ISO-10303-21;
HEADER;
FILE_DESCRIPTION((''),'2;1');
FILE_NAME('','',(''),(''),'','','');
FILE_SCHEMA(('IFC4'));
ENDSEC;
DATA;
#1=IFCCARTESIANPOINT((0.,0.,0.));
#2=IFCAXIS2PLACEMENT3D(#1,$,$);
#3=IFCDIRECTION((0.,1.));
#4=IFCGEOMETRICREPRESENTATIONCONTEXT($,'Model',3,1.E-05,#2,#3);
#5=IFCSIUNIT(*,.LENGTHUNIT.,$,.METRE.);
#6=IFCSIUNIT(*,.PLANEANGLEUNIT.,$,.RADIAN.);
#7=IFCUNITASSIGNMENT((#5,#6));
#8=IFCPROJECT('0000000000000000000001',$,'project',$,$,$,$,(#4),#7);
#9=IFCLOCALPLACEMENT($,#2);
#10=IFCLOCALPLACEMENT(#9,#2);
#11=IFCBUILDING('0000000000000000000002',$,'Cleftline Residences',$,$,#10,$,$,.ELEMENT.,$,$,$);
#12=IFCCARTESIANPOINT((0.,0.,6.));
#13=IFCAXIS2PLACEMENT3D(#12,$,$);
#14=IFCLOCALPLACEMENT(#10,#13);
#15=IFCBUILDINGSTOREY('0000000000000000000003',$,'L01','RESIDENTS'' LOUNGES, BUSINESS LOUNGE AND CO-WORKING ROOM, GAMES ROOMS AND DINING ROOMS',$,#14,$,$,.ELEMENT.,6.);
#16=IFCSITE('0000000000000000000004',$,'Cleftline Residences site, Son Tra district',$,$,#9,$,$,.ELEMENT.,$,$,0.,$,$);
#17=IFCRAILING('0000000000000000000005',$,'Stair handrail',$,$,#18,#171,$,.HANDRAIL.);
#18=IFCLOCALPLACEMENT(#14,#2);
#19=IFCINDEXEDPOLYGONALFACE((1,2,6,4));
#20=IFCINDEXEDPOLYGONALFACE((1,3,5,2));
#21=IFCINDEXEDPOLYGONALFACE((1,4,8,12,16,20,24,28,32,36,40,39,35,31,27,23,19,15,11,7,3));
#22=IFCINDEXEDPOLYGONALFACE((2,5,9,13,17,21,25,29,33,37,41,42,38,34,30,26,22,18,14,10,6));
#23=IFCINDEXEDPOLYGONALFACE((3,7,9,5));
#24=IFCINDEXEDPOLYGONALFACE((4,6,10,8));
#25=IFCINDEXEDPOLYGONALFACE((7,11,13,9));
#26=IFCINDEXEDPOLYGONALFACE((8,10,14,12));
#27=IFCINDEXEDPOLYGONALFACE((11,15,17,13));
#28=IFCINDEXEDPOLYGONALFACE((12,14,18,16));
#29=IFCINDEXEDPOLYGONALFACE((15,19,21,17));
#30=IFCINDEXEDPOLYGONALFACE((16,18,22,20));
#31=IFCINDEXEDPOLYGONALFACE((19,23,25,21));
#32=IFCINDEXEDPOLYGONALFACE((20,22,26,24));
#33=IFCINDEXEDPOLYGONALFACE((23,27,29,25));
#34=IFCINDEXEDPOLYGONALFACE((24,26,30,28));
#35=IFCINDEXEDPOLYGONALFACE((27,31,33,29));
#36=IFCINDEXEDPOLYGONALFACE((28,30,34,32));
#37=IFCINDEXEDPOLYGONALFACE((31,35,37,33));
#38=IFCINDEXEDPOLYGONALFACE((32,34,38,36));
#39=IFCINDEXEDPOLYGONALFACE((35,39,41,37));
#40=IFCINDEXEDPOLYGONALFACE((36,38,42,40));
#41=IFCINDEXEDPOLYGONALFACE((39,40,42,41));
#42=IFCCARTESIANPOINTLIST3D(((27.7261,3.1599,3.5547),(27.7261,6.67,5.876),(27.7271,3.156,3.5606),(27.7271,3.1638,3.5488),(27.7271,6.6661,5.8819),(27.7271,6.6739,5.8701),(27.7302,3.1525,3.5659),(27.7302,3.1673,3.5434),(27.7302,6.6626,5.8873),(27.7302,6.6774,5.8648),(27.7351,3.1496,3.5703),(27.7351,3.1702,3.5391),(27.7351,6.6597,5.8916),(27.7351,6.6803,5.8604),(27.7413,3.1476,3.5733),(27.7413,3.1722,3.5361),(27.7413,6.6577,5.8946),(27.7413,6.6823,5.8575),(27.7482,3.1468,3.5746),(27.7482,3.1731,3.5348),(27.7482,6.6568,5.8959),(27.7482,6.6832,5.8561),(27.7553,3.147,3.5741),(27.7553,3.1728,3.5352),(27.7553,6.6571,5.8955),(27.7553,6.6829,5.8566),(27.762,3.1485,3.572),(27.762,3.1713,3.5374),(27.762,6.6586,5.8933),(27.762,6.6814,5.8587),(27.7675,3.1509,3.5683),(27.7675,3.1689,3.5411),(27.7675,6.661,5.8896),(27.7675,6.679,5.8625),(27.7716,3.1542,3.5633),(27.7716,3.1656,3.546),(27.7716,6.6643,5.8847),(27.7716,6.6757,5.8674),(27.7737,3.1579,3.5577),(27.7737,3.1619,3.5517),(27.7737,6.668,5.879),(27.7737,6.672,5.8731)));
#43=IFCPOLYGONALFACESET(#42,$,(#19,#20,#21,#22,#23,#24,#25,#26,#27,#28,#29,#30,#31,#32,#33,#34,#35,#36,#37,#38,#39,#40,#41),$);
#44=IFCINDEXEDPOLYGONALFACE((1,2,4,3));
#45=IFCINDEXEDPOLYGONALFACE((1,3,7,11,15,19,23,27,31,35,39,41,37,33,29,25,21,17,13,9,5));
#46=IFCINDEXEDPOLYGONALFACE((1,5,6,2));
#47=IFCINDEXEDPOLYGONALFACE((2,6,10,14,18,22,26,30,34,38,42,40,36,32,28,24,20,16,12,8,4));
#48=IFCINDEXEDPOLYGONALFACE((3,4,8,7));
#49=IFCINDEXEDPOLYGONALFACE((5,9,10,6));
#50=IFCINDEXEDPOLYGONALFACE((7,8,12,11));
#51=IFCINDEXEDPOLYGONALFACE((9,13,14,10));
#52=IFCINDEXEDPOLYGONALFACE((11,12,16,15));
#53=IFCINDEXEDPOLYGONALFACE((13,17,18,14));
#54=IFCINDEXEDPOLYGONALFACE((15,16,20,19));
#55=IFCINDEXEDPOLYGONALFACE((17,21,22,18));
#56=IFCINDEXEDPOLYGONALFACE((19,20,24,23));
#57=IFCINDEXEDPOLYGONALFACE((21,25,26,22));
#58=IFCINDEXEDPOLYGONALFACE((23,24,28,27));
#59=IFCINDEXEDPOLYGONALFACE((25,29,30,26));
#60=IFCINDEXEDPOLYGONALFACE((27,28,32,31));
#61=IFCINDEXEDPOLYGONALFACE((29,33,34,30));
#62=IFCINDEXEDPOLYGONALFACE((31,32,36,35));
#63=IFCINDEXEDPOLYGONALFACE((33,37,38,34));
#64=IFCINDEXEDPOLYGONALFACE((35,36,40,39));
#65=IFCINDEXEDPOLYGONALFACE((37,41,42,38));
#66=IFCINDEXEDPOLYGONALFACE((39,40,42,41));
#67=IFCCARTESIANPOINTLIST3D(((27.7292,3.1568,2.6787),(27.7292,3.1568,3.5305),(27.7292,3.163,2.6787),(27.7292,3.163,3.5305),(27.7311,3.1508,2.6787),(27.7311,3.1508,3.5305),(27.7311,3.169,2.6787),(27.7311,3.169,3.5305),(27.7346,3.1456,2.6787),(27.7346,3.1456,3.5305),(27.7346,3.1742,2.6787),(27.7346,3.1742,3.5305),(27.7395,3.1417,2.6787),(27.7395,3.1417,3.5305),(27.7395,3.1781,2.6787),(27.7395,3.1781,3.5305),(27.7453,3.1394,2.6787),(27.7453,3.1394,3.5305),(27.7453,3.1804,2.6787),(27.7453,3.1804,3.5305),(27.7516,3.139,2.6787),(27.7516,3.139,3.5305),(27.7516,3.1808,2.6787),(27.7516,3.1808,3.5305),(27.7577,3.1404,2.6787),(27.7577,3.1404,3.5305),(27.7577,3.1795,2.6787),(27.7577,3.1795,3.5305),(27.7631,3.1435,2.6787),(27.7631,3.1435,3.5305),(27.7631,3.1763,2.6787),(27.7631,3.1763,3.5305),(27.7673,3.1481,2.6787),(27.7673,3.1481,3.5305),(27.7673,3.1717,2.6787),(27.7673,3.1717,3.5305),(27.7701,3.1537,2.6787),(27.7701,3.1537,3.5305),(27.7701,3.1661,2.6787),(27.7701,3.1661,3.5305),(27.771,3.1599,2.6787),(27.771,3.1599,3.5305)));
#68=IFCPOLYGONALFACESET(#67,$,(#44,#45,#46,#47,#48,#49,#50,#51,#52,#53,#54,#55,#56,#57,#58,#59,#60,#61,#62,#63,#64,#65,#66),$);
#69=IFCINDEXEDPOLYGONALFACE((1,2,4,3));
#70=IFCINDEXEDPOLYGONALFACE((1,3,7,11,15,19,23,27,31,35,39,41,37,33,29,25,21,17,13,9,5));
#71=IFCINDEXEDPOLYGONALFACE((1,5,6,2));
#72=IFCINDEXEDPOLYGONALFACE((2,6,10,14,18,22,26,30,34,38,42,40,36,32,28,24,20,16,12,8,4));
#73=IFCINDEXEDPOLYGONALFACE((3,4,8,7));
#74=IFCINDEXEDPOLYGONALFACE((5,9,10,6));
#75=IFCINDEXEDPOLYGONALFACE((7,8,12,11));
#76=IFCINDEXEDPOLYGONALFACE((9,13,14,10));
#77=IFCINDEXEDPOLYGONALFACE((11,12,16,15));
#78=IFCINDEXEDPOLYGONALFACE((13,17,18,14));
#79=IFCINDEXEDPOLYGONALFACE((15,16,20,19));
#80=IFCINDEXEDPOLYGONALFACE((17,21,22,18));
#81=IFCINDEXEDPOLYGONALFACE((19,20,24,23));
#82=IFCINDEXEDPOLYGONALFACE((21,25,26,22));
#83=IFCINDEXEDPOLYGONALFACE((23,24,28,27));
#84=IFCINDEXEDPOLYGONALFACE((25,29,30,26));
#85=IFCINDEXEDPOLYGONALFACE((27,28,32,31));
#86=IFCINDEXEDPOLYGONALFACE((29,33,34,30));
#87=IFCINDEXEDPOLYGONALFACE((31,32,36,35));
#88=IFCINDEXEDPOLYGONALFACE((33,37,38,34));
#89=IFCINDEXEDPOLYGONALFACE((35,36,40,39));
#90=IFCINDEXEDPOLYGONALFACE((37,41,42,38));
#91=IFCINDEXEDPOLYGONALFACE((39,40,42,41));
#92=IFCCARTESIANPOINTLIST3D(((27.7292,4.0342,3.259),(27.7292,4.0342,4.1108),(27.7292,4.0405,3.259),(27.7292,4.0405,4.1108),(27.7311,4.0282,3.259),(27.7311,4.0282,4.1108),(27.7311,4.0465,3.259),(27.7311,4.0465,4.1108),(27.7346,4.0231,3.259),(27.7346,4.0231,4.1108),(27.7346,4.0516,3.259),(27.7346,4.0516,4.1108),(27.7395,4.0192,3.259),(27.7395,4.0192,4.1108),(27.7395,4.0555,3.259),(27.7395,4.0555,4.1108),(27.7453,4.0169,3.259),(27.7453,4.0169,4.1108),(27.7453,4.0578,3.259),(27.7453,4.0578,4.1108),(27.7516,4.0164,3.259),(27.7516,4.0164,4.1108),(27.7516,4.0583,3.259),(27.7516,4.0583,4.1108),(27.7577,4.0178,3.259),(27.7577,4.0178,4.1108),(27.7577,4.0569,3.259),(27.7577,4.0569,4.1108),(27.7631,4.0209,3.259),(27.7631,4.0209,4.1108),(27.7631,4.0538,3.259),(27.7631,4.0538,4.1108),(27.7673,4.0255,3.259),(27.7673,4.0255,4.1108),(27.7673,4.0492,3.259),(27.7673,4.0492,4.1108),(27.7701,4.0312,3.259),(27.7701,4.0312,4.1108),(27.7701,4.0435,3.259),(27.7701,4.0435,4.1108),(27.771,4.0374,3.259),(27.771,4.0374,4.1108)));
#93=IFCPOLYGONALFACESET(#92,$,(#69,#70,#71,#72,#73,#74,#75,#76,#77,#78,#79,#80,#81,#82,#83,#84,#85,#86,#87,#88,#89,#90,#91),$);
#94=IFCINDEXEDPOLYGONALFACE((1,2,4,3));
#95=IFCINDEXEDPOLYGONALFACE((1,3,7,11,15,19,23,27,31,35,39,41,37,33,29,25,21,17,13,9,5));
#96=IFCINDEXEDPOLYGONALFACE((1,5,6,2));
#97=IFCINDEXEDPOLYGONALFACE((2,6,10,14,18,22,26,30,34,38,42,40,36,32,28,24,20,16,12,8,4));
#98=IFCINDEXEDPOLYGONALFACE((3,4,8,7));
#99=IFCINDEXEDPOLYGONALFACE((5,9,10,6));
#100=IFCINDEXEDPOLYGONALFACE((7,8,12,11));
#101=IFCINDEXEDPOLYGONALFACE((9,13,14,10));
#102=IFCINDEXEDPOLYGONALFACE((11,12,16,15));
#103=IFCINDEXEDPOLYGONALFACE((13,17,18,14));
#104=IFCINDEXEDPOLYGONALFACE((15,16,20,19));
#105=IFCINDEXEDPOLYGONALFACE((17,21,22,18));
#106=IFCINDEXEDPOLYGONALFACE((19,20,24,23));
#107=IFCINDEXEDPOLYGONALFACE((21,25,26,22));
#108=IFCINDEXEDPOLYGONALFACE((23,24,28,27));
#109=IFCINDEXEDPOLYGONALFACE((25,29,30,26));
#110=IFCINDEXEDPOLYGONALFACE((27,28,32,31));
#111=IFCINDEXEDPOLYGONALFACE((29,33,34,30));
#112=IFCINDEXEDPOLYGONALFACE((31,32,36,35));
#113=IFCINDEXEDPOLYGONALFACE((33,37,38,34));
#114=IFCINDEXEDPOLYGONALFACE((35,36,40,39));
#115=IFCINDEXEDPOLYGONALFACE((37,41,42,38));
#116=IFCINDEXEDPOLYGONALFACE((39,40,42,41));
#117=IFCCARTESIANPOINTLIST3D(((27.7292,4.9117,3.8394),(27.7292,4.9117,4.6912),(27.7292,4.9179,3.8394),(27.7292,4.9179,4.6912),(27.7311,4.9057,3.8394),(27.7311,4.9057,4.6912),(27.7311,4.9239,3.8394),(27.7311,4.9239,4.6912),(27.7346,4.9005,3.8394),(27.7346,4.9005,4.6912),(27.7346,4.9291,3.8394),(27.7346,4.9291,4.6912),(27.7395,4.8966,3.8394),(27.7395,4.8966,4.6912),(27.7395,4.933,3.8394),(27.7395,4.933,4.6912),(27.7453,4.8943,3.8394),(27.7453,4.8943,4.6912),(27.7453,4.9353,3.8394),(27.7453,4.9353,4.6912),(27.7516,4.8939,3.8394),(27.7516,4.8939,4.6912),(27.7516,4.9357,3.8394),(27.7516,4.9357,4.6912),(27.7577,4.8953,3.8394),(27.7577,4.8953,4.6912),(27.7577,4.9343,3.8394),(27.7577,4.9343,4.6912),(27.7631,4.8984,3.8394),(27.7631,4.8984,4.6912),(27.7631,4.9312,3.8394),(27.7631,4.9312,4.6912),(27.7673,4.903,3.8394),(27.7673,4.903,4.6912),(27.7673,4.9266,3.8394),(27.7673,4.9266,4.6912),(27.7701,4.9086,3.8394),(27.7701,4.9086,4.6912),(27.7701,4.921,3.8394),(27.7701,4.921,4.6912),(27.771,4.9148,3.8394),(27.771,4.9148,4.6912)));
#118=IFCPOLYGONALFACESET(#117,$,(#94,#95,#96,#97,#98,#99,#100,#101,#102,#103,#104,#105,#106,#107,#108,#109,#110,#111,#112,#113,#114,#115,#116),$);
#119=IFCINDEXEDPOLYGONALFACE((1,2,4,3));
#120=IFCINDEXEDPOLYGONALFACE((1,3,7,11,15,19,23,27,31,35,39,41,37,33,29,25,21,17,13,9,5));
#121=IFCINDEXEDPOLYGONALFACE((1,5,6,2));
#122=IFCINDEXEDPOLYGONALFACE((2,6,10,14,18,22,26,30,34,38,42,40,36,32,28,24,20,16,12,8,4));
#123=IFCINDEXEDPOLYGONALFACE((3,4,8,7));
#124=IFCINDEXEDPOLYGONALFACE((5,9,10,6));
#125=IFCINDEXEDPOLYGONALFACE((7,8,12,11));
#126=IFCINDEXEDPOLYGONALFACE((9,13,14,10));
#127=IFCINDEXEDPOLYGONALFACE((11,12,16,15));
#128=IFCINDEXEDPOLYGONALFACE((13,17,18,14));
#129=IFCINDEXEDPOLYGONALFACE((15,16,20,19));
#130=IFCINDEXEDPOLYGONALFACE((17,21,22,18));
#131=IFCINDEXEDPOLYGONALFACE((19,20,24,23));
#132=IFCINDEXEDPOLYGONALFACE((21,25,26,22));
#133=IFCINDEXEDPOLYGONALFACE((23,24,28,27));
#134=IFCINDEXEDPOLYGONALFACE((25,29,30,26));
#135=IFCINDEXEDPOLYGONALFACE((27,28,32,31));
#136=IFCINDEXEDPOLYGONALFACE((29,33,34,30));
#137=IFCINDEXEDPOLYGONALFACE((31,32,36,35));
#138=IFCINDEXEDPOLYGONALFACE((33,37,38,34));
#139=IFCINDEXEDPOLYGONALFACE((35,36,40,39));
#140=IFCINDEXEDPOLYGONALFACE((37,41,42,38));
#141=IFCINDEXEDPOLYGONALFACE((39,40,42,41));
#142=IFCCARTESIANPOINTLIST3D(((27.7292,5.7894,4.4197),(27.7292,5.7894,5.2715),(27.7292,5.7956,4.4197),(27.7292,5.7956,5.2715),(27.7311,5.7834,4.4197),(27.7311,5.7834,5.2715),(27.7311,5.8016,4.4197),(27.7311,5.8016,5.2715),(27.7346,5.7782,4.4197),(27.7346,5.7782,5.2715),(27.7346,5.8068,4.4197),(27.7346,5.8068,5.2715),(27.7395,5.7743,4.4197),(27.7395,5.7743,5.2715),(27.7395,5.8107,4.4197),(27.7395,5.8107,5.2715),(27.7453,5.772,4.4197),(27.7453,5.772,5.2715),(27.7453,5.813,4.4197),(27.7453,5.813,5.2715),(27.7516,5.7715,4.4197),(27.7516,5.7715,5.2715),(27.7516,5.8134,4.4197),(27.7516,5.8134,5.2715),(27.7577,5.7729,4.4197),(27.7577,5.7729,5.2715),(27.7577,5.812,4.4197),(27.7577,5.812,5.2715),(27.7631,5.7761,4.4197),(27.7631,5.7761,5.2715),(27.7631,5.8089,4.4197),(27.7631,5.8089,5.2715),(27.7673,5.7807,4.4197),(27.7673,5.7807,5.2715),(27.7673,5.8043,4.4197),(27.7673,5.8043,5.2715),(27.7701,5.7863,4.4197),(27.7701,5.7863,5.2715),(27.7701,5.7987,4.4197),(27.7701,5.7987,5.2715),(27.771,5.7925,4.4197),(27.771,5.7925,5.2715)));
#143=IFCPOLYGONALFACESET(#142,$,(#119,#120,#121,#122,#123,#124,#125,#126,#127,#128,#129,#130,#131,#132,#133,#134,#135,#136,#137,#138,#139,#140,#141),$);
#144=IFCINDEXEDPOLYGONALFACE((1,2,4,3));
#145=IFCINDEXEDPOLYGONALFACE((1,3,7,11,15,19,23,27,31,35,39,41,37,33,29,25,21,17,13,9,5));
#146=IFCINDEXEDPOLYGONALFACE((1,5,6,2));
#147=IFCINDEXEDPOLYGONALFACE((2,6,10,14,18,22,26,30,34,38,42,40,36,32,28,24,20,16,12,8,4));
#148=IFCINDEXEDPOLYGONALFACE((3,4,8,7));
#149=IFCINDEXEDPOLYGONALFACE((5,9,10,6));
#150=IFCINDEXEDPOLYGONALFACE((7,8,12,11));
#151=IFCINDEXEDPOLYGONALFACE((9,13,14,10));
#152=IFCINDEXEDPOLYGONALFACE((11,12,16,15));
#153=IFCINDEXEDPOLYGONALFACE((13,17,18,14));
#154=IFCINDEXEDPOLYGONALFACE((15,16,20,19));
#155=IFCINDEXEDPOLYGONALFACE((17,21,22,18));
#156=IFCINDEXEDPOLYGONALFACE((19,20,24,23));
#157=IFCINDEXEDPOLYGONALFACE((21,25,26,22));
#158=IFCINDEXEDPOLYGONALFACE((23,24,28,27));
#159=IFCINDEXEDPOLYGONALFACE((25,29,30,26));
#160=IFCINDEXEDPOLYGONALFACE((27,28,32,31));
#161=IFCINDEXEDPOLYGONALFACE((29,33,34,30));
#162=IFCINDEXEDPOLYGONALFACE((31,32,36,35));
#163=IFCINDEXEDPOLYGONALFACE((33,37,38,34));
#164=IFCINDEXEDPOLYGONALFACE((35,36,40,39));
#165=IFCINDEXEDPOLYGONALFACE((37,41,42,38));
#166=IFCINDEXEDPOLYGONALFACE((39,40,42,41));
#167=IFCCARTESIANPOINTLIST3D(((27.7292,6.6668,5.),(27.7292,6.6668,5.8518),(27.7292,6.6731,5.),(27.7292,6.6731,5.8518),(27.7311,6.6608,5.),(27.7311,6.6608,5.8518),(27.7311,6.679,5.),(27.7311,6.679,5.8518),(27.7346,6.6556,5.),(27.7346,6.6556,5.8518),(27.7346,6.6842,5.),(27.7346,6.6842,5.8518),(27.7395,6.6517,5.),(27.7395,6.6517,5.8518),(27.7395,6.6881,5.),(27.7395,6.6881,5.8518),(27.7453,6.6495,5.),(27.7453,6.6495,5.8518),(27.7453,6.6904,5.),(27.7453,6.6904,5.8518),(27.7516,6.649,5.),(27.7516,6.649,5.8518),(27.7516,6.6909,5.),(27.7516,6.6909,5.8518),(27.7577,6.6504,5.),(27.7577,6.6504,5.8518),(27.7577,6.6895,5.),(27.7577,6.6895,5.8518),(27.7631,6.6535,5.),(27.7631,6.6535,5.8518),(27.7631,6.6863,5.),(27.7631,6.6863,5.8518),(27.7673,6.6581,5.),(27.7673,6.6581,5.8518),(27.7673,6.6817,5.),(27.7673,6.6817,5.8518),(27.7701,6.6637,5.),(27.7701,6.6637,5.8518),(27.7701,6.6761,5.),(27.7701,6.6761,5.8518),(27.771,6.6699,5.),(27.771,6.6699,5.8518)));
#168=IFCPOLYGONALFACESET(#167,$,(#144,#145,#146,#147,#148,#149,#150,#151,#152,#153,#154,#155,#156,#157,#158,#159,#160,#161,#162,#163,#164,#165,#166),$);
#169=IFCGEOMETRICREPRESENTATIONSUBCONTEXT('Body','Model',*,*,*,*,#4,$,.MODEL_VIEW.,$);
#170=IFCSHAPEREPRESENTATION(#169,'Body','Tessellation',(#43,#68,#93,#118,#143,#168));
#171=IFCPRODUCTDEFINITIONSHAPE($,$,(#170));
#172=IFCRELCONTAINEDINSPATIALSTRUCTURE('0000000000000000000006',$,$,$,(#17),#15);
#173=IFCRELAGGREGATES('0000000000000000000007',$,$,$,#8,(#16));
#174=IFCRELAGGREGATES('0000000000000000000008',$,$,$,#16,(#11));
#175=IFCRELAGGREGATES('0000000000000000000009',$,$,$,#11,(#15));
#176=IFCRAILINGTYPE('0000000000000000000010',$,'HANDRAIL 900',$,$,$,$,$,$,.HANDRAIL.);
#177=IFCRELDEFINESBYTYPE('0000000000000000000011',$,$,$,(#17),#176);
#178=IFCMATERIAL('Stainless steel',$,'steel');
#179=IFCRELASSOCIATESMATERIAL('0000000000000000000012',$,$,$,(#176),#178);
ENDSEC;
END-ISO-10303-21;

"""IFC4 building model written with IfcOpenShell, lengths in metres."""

from ifc_helpers import new_model, si_unit, direction, frame, origin, origin_2d, place, context, subcontext, project, spatial, circle, extrude, material, type_object, element, save


model = new_model("IFC4")

# Units and contexts
model_context = context("Model", 3, precision=1e-05, world=origin(), true_north=direction((0.0, 1.0)))
body_context = subcontext(model_context, "Body", "Model", "MODEL_VIEW")
ifc_project = project(units=[si_unit("LENGTHUNIT", "METRE"), si_unit("PLANEANGLEUNIT", "RADIAN")], contexts=[model_context])

# Site, building, storey
site_placement = place(None, origin())
site = spatial("IfcSite", under=ifc_project, at=site_placement, Name="Cleftline Residences site, Son Tra district", CompositionType="ELEMENT", RefElevation=0.0)
building_placement = place(site_placement, origin())
building = spatial("IfcBuilding", under=site, at=building_placement, Name="Cleftline Residences", CompositionType="ELEMENT")
storey_placement = place(building_placement, frame((0.0, 0.0, 6.0)))
storey = spatial("IfcBuildingStorey", under=building, at=storey_placement, Name="L01", Description="RESIDENTS' LOUNGES, BUSINESS LOUNGE AND CO-WORKING ROOM, GAMES ROOMS AND DINING ROOMS", CompositionType="ELEMENT", Elevation=6.0)

# Railing
ifc_material_1 = material(Name="Stainless steel", Category="steel")
railing_type = type_object("IfcRailingType", Name="HANDRAIL 900", PredefinedType="HANDRAIL", material=ifc_material_1)
railing_1_placement = place(storey_placement, frame((27.75, 3.1599, 2.6787)))
element("IfcRailing", 1, at=railing_1_placement, inside=storey, type_object=railing_type, Name="Stair handrail", PredefinedType="HANDRAIL", context=body_context, shape_type="SweptSolid", body=[
    extrude(circle(Radius=0.0239, at=origin_2d()), frame((0.0, 0.0, 0.876), z_axis=(0.0, 0.834097, 0.551617), x_axis=(-1.0, 0.0, 0.0)), (0.0, 0.0, 1.0), 4.2083),
    extrude(circle(Radius=0.021, at=origin_2d()), origin(), (0.0, 0.0, 1.0), 0.8518),
    extrude(circle(Radius=0.021, at=origin_2d()), frame((0.0, 0.8774, 0.5803)), (0.0, 0.0, 1.0), 0.8518),
    extrude(circle(Radius=0.021, at=origin_2d()), frame((0.0, 1.7549, 1.1606)), (0.0, 0.0, 1.0), 0.8518),
    extrude(circle(Radius=0.021, at=origin_2d()), frame((0.0, 2.6326, 1.741)), (0.0, 0.0, 1.0), 0.8518),
    extrude(circle(Radius=0.021, at=origin_2d()), frame((0.0, 3.51, 2.3213)), (0.0, 0.0, 1.0), 0.8518),
])

save(model, "model.ifc")
